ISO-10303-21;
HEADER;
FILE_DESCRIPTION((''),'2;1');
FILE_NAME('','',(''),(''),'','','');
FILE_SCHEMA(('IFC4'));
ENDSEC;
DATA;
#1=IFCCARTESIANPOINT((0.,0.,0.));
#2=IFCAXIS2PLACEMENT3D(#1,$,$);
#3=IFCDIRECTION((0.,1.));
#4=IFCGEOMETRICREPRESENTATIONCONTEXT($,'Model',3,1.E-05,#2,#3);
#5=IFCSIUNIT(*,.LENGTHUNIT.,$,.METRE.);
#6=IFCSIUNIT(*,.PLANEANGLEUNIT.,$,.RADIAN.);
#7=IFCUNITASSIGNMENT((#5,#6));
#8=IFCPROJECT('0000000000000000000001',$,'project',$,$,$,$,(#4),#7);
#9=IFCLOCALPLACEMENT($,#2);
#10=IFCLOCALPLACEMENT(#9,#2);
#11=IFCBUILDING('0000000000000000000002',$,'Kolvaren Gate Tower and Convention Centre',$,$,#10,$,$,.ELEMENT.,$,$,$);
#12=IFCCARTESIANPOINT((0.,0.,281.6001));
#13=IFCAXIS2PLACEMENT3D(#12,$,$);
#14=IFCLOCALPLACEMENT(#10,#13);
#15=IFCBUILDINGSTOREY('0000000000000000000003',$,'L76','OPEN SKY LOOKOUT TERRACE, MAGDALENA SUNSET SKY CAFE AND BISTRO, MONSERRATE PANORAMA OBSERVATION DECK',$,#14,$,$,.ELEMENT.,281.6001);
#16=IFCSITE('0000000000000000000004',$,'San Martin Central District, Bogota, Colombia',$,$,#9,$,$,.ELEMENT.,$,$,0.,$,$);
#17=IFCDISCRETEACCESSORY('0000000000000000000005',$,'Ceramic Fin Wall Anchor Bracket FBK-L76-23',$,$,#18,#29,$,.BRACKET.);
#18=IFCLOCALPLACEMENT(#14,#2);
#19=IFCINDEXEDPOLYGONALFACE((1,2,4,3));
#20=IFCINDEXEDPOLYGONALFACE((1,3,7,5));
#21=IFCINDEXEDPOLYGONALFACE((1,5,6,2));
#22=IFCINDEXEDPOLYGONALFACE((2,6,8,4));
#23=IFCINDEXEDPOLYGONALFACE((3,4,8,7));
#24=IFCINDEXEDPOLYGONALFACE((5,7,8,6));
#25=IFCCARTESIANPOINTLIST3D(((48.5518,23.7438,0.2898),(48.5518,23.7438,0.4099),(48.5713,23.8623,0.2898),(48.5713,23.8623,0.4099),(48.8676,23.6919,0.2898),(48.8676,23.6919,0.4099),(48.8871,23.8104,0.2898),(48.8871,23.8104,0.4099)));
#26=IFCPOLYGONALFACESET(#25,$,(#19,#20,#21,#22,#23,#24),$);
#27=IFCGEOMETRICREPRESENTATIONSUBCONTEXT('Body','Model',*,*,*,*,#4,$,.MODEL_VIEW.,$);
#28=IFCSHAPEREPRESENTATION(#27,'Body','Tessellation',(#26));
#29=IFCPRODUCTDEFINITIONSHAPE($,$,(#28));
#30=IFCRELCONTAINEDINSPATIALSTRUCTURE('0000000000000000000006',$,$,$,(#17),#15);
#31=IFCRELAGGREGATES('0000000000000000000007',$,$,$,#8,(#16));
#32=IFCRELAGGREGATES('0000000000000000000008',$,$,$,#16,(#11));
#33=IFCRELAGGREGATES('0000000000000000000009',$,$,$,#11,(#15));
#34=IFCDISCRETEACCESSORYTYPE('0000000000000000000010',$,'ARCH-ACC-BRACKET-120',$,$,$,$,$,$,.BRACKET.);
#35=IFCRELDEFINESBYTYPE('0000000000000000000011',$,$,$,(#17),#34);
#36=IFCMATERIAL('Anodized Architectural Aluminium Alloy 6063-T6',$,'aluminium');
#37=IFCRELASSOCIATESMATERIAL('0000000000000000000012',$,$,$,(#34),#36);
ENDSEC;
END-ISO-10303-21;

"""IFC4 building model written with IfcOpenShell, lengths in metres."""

from ifc_helpers import new_model, si_unit, direction, frame, origin, origin_2d, place, context, subcontext, project, spatial, rectangle, extrude, material, type_object, element, save


model = new_model("IFC4")

# Units and contexts
model_context = context("Model", 3, precision=1e-05, world=origin(), true_north=direction((0.0, 1.0)))
body_context = subcontext(model_context, "Body", "Model", "MODEL_VIEW")
ifc_project = project(units=[si_unit("LENGTHUNIT", "METRE"), si_unit("PLANEANGLEUNIT", "RADIAN")], contexts=[model_context])

# Site, building, storey
site_placement = place(None, origin())
site = spatial("IfcSite", under=ifc_project, at=site_placement, Name="San Martin Central District, Bogota, Colombia", CompositionType="ELEMENT", RefElevation=0.0)
building_placement = place(site_placement, origin())
building = spatial("IfcBuilding", under=site, at=building_placement, Name="Kolvaren Gate Tower and Convention Centre", CompositionType="ELEMENT")
storey_placement = place(building_placement, frame((0.0, 0.0, 281.6001)))
storey = spatial("IfcBuildingStorey", under=building, at=storey_placement, Name="L76", Description="OPEN SKY LOOKOUT TERRACE, MAGDALENA SUNSET SKY CAFE AND BISTRO, MONSERRATE PANORAMA OBSERVATION DECK", CompositionType="ELEMENT", Elevation=281.6001)

# Shared definitions
ifc_material_1 = material(Name="Anodized Architectural Aluminium Alloy 6063-T6", Category="aluminium")

# Discrete accessory
discrete_accessory_type = type_object("IfcDiscreteAccessoryType", Name="ARCH-ACC-BRACKET-120", PredefinedType="BRACKET", material=ifc_material_1)
discrete_accessory_placement = place(storey_placement, frame((48.7195, 23.7771, 0.2898), z_axis=(0.0, 0.0, 1.0), x_axis=(0.162391, 0.986727, 0.0)))
element("IfcDiscreteAccessory", 1, at=discrete_accessory_placement, inside=storey, type_object=discrete_accessory_type, Name="Ceramic Fin Wall Anchor Bracket FBK-L76-23", PredefinedType="BRACKET", context=body_context, shape_type="SweptSolid", body=[
    extrude(rectangle(XDim=0.1201, YDim=0.3201, at=origin_2d()), origin(), (0.0, 0.0, 1.0), 0.1201),
])

save(model, "model.ifc")
